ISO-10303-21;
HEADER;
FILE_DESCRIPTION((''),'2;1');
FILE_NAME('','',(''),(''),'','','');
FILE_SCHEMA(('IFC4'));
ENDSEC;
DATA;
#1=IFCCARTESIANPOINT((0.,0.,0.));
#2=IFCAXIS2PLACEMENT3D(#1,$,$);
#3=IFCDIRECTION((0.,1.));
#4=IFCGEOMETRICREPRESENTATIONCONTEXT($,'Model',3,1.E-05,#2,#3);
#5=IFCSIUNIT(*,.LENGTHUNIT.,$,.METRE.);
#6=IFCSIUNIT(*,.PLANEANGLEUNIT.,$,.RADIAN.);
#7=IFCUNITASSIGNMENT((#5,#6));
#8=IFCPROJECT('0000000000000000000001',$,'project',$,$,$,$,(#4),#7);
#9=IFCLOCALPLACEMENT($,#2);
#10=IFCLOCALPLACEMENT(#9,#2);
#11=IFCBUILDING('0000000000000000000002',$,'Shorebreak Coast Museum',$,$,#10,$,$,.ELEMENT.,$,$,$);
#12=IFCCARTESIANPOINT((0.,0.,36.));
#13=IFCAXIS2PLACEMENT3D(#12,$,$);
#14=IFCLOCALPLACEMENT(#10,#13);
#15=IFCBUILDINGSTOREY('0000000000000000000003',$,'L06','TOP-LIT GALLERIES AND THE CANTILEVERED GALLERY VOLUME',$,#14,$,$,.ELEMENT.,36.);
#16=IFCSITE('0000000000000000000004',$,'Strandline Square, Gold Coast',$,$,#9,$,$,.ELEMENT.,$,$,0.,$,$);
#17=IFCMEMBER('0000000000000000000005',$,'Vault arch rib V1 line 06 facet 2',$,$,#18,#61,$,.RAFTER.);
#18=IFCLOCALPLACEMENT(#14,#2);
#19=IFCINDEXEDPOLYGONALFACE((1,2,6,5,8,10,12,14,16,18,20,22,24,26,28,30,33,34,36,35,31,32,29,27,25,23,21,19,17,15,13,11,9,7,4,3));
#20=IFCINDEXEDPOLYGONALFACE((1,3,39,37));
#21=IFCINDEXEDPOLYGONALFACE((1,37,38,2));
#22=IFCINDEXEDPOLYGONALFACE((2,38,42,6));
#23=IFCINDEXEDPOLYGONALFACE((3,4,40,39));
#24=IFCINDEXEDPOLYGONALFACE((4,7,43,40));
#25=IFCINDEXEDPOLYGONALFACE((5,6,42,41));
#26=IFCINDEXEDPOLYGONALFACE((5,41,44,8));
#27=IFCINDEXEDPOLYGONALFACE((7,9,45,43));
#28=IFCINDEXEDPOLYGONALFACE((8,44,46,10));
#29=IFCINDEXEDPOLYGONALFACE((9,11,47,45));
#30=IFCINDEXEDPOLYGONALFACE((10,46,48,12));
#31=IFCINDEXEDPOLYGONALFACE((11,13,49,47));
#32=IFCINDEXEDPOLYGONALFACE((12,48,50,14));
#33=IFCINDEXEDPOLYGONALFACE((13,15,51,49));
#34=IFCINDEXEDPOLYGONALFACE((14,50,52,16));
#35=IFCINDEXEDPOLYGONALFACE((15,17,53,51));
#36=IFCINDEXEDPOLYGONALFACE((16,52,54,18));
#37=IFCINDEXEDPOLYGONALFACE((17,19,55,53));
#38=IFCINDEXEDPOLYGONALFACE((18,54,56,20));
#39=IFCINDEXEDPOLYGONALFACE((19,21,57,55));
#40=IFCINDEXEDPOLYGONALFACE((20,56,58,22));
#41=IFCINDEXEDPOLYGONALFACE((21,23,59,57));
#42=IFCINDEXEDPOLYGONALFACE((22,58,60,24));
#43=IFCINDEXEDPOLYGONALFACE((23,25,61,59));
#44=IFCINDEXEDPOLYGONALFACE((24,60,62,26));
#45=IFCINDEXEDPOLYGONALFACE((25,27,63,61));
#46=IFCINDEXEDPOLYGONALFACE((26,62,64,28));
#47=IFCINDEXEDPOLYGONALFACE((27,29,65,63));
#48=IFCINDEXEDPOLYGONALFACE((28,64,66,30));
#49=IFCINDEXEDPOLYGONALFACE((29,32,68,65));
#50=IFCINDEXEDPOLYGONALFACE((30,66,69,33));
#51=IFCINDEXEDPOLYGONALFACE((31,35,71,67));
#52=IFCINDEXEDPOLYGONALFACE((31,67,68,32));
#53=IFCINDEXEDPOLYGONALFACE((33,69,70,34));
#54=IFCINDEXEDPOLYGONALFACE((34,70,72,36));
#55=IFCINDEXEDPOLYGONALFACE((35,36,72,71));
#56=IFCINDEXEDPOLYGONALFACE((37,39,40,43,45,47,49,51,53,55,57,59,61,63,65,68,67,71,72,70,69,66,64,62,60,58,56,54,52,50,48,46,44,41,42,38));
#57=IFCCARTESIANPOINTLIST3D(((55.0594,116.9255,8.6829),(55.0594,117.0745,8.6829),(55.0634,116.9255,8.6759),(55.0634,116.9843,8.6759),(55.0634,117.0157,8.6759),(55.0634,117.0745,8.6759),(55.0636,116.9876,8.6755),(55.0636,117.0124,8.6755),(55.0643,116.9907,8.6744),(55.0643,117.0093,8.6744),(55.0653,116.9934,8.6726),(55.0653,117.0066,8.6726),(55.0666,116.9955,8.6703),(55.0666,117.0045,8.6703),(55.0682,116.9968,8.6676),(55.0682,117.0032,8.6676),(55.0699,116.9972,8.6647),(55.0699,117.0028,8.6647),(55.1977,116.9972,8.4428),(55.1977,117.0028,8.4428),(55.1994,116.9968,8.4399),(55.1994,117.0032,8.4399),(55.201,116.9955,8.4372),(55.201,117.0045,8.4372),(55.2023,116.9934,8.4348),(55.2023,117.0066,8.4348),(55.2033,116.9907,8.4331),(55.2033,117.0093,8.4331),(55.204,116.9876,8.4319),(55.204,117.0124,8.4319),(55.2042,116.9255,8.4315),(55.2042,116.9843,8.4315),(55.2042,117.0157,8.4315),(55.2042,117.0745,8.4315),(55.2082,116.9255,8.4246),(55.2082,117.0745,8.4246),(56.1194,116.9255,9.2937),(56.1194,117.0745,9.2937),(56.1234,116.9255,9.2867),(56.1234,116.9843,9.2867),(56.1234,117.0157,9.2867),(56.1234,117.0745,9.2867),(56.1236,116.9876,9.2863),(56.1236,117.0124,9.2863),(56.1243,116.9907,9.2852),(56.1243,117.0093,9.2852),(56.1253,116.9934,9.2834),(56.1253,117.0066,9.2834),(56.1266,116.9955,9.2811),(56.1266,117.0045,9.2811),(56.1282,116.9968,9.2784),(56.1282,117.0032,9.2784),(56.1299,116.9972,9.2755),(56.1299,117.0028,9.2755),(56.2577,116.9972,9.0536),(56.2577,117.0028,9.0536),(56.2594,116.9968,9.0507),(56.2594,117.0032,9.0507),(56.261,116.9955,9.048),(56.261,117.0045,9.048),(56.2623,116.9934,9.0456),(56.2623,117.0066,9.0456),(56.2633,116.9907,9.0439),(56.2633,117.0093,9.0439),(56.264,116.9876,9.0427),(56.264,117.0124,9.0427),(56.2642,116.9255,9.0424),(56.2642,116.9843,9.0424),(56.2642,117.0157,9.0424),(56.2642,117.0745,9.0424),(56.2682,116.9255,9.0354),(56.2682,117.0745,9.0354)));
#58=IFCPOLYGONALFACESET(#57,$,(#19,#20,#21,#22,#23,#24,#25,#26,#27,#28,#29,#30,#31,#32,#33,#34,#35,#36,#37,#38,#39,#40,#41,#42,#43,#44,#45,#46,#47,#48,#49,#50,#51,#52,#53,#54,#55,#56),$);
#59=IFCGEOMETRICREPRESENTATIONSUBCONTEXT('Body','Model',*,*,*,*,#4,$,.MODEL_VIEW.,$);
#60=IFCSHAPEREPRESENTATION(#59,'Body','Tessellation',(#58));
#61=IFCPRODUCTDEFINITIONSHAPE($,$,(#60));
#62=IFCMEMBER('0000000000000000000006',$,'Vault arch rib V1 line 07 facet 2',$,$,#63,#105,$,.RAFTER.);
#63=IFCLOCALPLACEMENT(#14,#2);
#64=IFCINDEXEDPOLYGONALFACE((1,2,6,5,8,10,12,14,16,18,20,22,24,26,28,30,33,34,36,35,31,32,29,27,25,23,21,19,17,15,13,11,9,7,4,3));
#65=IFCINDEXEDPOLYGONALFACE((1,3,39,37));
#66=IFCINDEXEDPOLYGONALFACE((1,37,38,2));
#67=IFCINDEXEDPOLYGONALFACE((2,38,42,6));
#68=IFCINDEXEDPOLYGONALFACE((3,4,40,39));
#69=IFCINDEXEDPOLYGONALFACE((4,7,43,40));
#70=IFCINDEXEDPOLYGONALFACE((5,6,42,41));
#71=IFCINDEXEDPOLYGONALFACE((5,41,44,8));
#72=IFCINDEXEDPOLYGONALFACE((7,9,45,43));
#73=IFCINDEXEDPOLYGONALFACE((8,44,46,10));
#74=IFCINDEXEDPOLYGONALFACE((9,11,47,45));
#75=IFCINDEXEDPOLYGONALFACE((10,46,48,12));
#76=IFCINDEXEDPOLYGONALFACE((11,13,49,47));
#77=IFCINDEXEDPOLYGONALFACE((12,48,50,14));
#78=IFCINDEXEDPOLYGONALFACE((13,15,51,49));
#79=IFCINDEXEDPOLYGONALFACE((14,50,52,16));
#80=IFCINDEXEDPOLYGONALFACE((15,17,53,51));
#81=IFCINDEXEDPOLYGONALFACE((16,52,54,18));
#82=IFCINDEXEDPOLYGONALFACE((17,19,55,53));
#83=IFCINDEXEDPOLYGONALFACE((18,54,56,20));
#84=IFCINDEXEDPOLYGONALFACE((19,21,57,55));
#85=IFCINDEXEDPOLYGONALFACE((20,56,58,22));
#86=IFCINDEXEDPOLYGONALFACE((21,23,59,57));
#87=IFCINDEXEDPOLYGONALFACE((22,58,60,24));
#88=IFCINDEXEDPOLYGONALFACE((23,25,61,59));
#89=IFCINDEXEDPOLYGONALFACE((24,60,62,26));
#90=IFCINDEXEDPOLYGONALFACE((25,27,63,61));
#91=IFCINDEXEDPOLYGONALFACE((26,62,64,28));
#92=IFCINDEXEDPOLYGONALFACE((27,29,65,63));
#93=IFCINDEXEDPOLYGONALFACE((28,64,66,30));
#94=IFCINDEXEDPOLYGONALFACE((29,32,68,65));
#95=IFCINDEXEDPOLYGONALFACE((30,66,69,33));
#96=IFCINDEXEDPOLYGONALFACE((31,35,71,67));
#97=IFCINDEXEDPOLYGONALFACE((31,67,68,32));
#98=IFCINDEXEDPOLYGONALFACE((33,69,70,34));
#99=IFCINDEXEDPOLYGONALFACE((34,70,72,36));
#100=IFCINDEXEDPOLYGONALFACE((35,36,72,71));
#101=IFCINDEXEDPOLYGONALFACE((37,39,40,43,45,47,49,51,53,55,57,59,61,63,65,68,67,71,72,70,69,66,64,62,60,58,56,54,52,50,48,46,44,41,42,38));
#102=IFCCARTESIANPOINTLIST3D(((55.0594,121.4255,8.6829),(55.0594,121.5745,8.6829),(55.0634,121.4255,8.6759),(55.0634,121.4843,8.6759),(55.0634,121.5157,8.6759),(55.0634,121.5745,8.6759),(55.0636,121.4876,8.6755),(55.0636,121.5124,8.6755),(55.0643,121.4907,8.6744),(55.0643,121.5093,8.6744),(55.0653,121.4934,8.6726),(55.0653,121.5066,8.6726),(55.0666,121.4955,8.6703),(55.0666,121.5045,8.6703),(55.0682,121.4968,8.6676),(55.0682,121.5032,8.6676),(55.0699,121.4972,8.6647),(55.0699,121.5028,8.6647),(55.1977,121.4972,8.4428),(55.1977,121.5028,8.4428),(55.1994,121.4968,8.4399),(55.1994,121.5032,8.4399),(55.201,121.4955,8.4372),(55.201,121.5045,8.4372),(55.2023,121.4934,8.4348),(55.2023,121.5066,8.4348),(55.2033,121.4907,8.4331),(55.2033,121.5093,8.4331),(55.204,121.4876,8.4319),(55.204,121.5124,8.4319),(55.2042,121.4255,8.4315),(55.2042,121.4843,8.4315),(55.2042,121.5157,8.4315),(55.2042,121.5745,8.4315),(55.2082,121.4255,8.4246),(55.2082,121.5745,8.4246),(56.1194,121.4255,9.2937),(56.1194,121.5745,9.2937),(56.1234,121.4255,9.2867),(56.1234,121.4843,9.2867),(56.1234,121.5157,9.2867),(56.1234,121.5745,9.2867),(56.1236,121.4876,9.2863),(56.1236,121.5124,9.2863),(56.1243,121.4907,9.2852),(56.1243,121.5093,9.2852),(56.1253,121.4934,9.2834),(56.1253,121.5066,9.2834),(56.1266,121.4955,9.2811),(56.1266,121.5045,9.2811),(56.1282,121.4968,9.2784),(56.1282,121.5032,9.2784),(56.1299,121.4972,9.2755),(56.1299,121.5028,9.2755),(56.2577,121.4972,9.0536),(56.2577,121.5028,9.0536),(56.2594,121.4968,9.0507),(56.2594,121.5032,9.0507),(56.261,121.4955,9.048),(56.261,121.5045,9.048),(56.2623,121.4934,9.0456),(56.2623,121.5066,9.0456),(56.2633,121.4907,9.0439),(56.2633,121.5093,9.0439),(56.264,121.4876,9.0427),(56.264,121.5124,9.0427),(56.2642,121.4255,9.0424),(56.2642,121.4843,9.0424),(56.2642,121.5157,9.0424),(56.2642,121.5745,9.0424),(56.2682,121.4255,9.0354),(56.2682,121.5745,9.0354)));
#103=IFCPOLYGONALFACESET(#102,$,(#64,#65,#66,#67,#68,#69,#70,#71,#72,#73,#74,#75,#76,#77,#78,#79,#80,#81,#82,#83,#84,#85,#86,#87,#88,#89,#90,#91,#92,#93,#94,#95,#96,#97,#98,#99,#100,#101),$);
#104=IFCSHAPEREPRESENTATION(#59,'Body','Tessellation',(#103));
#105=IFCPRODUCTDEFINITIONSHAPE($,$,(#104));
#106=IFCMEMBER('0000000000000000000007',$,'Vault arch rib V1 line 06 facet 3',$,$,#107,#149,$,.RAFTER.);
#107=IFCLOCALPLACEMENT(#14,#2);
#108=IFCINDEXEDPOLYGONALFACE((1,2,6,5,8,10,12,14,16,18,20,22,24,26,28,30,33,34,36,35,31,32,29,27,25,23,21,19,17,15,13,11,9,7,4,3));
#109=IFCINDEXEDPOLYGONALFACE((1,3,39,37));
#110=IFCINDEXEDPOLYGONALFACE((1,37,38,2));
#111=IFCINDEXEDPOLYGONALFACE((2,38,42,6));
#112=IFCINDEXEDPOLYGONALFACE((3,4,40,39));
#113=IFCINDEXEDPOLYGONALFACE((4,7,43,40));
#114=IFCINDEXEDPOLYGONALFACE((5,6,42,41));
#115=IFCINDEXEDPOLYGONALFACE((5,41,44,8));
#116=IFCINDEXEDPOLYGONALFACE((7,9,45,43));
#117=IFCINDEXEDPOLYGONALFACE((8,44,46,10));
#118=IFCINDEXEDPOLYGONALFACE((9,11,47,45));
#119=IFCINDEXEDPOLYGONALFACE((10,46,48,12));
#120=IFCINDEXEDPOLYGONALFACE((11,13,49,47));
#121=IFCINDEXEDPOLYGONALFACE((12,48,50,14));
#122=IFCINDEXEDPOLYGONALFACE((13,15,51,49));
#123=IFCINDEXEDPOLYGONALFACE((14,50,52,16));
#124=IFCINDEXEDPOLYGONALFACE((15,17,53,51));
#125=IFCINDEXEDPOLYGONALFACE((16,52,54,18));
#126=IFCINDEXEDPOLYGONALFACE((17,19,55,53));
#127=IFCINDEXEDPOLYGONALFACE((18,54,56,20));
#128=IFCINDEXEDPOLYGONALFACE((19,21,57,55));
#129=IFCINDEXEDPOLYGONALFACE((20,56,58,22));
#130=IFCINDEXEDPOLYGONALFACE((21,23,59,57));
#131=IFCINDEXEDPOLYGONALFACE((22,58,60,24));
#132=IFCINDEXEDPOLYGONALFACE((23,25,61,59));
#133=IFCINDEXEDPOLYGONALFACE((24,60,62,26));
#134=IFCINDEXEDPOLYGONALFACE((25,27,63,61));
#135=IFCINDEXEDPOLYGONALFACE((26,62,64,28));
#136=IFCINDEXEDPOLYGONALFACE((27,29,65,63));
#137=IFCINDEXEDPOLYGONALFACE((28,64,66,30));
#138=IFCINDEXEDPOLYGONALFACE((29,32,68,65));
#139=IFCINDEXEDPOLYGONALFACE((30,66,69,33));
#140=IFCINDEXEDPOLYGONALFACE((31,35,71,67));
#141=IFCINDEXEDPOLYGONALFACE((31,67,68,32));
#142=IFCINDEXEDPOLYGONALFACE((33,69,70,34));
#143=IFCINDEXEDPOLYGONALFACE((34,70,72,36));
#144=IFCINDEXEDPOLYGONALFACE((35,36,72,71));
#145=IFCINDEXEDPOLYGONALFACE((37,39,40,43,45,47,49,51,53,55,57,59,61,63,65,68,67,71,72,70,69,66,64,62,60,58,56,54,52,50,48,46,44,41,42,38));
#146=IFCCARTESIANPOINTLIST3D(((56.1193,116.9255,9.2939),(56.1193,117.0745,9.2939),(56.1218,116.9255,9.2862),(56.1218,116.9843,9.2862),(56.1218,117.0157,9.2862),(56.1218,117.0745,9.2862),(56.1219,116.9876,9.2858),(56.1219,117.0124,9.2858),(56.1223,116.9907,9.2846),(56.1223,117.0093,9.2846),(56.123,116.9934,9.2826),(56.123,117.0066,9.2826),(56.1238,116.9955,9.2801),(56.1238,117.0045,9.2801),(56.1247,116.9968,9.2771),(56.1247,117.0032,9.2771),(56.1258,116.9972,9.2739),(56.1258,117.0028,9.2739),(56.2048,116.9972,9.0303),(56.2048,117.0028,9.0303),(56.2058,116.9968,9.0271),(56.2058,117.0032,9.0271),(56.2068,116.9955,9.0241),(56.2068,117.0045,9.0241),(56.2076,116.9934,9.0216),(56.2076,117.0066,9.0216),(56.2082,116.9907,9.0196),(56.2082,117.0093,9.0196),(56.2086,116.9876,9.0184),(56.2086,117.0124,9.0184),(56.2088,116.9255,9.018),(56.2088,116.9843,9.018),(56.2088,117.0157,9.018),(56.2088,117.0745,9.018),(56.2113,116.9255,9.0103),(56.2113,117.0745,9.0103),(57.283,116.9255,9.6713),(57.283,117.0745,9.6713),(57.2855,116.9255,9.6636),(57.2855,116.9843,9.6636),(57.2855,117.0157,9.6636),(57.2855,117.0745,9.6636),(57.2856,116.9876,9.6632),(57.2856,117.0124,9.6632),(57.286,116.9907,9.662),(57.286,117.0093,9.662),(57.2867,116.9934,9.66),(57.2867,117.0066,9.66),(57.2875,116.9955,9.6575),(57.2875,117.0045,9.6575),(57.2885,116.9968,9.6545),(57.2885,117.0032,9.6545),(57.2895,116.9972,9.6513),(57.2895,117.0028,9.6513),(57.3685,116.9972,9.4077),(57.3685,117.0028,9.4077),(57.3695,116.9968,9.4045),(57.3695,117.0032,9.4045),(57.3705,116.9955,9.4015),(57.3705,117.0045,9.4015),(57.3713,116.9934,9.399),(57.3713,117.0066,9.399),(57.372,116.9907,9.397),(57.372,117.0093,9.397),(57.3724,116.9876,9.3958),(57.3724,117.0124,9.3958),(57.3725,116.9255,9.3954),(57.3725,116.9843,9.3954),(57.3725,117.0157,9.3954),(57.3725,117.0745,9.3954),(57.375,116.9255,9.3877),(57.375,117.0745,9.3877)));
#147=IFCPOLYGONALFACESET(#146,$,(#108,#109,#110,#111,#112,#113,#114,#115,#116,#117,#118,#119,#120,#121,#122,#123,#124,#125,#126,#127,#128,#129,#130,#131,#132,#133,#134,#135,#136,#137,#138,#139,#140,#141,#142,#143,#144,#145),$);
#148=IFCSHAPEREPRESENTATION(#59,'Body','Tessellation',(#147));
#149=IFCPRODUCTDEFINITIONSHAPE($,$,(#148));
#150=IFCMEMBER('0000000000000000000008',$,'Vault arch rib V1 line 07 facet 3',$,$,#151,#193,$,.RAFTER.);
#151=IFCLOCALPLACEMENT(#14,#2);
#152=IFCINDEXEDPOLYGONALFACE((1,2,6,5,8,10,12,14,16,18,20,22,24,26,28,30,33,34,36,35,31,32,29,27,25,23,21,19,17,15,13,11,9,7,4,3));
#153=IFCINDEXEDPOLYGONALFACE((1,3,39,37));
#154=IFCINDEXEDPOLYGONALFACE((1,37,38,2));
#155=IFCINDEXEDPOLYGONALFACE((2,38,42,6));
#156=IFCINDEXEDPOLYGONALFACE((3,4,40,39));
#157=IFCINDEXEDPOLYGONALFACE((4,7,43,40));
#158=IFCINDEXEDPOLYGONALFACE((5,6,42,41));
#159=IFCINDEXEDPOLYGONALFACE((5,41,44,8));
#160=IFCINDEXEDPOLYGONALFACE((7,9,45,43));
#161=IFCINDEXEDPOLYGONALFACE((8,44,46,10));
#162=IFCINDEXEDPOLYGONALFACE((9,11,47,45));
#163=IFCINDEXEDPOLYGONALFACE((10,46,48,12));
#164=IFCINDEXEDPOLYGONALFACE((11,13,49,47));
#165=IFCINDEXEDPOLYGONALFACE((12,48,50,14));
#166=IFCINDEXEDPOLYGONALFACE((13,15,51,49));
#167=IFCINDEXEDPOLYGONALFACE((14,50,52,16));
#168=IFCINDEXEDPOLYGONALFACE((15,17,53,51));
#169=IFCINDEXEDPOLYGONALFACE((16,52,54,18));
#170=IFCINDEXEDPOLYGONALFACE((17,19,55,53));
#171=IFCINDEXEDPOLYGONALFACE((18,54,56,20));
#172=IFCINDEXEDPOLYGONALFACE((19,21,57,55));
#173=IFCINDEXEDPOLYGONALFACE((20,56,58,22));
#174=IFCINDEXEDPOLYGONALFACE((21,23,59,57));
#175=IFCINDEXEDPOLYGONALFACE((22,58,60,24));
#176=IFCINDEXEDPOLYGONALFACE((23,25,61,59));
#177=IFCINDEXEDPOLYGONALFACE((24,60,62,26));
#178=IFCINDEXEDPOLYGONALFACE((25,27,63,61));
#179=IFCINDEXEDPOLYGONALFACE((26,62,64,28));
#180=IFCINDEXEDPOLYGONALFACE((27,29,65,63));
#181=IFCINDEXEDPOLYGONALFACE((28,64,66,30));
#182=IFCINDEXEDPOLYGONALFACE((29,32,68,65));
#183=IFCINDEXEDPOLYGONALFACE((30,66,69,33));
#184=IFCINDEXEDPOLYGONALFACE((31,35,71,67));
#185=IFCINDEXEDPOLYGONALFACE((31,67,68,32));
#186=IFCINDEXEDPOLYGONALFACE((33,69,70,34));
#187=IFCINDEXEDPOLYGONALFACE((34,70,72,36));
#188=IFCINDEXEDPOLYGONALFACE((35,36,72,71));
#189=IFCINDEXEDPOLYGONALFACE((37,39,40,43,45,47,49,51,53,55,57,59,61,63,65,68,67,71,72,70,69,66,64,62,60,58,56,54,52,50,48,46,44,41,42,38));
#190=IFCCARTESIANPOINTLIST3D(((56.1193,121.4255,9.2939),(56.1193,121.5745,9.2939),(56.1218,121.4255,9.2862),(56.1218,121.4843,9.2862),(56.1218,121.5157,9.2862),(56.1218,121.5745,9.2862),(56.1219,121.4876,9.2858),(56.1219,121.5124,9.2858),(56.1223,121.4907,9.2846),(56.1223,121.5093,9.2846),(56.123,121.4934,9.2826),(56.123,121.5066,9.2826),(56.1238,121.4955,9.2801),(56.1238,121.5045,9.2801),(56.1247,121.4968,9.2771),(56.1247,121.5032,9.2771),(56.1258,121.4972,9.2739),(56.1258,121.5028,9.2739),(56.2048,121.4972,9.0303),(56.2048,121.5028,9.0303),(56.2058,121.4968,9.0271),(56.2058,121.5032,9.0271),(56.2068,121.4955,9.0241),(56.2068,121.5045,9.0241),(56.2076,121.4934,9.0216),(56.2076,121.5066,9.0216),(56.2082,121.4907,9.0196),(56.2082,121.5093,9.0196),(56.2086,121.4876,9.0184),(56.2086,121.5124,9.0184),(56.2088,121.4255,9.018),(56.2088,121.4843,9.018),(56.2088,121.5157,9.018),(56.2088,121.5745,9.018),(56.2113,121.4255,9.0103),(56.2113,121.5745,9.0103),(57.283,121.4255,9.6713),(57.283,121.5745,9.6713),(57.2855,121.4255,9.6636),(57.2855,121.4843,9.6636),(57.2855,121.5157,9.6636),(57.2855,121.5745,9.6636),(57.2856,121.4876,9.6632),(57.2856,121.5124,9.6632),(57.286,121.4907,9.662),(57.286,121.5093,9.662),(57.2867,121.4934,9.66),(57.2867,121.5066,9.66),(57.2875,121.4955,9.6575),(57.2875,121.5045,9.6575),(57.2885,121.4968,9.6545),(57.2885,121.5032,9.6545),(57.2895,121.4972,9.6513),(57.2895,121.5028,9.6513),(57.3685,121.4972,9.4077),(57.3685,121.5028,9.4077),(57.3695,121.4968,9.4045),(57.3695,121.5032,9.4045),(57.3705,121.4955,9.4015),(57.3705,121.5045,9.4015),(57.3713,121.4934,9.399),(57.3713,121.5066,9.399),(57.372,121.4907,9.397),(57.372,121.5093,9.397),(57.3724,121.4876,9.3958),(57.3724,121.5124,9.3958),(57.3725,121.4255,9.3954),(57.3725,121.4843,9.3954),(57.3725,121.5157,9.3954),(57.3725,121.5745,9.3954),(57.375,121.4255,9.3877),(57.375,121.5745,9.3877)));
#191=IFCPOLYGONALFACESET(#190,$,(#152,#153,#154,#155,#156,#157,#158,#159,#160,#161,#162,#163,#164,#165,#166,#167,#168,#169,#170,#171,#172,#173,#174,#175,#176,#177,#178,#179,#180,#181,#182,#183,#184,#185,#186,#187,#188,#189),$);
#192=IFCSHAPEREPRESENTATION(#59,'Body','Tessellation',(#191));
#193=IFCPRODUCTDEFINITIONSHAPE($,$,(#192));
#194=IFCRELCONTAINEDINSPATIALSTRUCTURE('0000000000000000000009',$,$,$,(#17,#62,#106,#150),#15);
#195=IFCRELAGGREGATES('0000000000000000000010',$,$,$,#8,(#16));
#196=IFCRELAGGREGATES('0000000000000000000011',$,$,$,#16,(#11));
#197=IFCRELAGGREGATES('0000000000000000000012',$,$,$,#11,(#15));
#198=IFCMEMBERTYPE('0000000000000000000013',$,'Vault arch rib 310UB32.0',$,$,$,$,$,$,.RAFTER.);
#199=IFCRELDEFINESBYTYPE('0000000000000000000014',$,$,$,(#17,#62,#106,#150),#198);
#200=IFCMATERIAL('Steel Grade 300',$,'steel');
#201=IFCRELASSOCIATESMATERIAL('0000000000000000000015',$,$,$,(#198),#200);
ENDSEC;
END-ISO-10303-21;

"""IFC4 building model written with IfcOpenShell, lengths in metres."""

from ifc_helpers import new_model, si_unit, direction, frame, origin, origin_2d, place, context, subcontext, project, spatial, i_section, extrude, material, material_profile, profile_set, type_object, element, save


model = new_model("IFC4")

# Units and contexts
model_context = context("Model", 3, precision=1e-05, world=origin(), true_north=direction((0.0, 1.0)))
body_context = subcontext(model_context, "Body", "Model", "MODEL_VIEW")
ifc_project = project(units=[si_unit("LENGTHUNIT", "METRE"), si_unit("PLANEANGLEUNIT", "RADIAN")], contexts=[model_context])

# Site, building, storey
site_placement = place(None, origin())
site = spatial("IfcSite", under=ifc_project, at=site_placement, Name="Strandline Square, Gold Coast", CompositionType="ELEMENT", RefElevation=0.0)
building_placement = place(site_placement, origin())
building = spatial("IfcBuilding", under=site, at=building_placement, Name="Shorebreak Coast Museum", CompositionType="ELEMENT")
storey_placement = place(building_placement, frame((0.0, 0.0, 36.0)))
storey = spatial("IfcBuildingStorey", under=building, at=storey_placement, Name="L06", Description="TOP-LIT GALLERIES AND THE CANTILEVERED GALLERY VOLUME", CompositionType="ELEMENT", Elevation=36.0)

# Members
ifc_material_1 = material(Name="Steel Grade 300", Category="steel")
ifc_material_profile_1 = material_profile(ifc_material_1, i_section(OverallWidth=0.1489, OverallDepth=0.2981, WebThickness=0.0056, FlangeThickness=0.0081, FilletRadius=0.0129, at=origin_2d()), Name="310UB32.0")
ifc_profile_set_1 = profile_set([ifc_material_profile_1], Name="Steel Grade 300")
member_type_1 = type_object("IfcMemberType", Name="Vault arch rib 310UB32.0", PredefinedType="RAFTER", material=ifc_profile_set_1)
for number, where, z_axis, x_axis, name in (
    (1, (55.1338, 117.0, 8.5537), (0.866445, 0.0, 0.499273), (0.0, 1.0, 0.0), "Vault arch rib V1 line 06 facet 2"),
    (2, (55.1338, 121.5, 8.5537), (0.866445, 0.0, 0.499273), (0.0, 1.0, 0.0), "Vault arch rib V1 line 07 facet 2"),
    (3, (56.1653, 117.0, 9.1521), (0.951226, 0.0, 0.308495), (0.0, 1.0, 0.0), "Vault arch rib V1 line 06 facet 3"),
    (4, (56.1653, 121.5, 9.1521), (0.951226, 0.0, 0.308495), (0.0, 1.0, 0.0), "Vault arch rib V1 line 07 facet 3"),
):
    element("IfcMember", number, at=place(storey_placement, frame(where, z_axis=z_axis, x_axis=x_axis)), inside=storey, type_object=member_type_1, Name=name, PredefinedType="RAFTER", context=body_context, shape_type="SweptSolid", body=[
        extrude(i_section(OverallWidth=0.1489, OverallDepth=0.2981, WebThickness=0.0056, FlangeThickness=0.0081, FilletRadius=0.0129, at=origin_2d()), origin(), (0.0, 0.0, 1.0), 1.2234),
    ])

save(model, "model.ifc")
